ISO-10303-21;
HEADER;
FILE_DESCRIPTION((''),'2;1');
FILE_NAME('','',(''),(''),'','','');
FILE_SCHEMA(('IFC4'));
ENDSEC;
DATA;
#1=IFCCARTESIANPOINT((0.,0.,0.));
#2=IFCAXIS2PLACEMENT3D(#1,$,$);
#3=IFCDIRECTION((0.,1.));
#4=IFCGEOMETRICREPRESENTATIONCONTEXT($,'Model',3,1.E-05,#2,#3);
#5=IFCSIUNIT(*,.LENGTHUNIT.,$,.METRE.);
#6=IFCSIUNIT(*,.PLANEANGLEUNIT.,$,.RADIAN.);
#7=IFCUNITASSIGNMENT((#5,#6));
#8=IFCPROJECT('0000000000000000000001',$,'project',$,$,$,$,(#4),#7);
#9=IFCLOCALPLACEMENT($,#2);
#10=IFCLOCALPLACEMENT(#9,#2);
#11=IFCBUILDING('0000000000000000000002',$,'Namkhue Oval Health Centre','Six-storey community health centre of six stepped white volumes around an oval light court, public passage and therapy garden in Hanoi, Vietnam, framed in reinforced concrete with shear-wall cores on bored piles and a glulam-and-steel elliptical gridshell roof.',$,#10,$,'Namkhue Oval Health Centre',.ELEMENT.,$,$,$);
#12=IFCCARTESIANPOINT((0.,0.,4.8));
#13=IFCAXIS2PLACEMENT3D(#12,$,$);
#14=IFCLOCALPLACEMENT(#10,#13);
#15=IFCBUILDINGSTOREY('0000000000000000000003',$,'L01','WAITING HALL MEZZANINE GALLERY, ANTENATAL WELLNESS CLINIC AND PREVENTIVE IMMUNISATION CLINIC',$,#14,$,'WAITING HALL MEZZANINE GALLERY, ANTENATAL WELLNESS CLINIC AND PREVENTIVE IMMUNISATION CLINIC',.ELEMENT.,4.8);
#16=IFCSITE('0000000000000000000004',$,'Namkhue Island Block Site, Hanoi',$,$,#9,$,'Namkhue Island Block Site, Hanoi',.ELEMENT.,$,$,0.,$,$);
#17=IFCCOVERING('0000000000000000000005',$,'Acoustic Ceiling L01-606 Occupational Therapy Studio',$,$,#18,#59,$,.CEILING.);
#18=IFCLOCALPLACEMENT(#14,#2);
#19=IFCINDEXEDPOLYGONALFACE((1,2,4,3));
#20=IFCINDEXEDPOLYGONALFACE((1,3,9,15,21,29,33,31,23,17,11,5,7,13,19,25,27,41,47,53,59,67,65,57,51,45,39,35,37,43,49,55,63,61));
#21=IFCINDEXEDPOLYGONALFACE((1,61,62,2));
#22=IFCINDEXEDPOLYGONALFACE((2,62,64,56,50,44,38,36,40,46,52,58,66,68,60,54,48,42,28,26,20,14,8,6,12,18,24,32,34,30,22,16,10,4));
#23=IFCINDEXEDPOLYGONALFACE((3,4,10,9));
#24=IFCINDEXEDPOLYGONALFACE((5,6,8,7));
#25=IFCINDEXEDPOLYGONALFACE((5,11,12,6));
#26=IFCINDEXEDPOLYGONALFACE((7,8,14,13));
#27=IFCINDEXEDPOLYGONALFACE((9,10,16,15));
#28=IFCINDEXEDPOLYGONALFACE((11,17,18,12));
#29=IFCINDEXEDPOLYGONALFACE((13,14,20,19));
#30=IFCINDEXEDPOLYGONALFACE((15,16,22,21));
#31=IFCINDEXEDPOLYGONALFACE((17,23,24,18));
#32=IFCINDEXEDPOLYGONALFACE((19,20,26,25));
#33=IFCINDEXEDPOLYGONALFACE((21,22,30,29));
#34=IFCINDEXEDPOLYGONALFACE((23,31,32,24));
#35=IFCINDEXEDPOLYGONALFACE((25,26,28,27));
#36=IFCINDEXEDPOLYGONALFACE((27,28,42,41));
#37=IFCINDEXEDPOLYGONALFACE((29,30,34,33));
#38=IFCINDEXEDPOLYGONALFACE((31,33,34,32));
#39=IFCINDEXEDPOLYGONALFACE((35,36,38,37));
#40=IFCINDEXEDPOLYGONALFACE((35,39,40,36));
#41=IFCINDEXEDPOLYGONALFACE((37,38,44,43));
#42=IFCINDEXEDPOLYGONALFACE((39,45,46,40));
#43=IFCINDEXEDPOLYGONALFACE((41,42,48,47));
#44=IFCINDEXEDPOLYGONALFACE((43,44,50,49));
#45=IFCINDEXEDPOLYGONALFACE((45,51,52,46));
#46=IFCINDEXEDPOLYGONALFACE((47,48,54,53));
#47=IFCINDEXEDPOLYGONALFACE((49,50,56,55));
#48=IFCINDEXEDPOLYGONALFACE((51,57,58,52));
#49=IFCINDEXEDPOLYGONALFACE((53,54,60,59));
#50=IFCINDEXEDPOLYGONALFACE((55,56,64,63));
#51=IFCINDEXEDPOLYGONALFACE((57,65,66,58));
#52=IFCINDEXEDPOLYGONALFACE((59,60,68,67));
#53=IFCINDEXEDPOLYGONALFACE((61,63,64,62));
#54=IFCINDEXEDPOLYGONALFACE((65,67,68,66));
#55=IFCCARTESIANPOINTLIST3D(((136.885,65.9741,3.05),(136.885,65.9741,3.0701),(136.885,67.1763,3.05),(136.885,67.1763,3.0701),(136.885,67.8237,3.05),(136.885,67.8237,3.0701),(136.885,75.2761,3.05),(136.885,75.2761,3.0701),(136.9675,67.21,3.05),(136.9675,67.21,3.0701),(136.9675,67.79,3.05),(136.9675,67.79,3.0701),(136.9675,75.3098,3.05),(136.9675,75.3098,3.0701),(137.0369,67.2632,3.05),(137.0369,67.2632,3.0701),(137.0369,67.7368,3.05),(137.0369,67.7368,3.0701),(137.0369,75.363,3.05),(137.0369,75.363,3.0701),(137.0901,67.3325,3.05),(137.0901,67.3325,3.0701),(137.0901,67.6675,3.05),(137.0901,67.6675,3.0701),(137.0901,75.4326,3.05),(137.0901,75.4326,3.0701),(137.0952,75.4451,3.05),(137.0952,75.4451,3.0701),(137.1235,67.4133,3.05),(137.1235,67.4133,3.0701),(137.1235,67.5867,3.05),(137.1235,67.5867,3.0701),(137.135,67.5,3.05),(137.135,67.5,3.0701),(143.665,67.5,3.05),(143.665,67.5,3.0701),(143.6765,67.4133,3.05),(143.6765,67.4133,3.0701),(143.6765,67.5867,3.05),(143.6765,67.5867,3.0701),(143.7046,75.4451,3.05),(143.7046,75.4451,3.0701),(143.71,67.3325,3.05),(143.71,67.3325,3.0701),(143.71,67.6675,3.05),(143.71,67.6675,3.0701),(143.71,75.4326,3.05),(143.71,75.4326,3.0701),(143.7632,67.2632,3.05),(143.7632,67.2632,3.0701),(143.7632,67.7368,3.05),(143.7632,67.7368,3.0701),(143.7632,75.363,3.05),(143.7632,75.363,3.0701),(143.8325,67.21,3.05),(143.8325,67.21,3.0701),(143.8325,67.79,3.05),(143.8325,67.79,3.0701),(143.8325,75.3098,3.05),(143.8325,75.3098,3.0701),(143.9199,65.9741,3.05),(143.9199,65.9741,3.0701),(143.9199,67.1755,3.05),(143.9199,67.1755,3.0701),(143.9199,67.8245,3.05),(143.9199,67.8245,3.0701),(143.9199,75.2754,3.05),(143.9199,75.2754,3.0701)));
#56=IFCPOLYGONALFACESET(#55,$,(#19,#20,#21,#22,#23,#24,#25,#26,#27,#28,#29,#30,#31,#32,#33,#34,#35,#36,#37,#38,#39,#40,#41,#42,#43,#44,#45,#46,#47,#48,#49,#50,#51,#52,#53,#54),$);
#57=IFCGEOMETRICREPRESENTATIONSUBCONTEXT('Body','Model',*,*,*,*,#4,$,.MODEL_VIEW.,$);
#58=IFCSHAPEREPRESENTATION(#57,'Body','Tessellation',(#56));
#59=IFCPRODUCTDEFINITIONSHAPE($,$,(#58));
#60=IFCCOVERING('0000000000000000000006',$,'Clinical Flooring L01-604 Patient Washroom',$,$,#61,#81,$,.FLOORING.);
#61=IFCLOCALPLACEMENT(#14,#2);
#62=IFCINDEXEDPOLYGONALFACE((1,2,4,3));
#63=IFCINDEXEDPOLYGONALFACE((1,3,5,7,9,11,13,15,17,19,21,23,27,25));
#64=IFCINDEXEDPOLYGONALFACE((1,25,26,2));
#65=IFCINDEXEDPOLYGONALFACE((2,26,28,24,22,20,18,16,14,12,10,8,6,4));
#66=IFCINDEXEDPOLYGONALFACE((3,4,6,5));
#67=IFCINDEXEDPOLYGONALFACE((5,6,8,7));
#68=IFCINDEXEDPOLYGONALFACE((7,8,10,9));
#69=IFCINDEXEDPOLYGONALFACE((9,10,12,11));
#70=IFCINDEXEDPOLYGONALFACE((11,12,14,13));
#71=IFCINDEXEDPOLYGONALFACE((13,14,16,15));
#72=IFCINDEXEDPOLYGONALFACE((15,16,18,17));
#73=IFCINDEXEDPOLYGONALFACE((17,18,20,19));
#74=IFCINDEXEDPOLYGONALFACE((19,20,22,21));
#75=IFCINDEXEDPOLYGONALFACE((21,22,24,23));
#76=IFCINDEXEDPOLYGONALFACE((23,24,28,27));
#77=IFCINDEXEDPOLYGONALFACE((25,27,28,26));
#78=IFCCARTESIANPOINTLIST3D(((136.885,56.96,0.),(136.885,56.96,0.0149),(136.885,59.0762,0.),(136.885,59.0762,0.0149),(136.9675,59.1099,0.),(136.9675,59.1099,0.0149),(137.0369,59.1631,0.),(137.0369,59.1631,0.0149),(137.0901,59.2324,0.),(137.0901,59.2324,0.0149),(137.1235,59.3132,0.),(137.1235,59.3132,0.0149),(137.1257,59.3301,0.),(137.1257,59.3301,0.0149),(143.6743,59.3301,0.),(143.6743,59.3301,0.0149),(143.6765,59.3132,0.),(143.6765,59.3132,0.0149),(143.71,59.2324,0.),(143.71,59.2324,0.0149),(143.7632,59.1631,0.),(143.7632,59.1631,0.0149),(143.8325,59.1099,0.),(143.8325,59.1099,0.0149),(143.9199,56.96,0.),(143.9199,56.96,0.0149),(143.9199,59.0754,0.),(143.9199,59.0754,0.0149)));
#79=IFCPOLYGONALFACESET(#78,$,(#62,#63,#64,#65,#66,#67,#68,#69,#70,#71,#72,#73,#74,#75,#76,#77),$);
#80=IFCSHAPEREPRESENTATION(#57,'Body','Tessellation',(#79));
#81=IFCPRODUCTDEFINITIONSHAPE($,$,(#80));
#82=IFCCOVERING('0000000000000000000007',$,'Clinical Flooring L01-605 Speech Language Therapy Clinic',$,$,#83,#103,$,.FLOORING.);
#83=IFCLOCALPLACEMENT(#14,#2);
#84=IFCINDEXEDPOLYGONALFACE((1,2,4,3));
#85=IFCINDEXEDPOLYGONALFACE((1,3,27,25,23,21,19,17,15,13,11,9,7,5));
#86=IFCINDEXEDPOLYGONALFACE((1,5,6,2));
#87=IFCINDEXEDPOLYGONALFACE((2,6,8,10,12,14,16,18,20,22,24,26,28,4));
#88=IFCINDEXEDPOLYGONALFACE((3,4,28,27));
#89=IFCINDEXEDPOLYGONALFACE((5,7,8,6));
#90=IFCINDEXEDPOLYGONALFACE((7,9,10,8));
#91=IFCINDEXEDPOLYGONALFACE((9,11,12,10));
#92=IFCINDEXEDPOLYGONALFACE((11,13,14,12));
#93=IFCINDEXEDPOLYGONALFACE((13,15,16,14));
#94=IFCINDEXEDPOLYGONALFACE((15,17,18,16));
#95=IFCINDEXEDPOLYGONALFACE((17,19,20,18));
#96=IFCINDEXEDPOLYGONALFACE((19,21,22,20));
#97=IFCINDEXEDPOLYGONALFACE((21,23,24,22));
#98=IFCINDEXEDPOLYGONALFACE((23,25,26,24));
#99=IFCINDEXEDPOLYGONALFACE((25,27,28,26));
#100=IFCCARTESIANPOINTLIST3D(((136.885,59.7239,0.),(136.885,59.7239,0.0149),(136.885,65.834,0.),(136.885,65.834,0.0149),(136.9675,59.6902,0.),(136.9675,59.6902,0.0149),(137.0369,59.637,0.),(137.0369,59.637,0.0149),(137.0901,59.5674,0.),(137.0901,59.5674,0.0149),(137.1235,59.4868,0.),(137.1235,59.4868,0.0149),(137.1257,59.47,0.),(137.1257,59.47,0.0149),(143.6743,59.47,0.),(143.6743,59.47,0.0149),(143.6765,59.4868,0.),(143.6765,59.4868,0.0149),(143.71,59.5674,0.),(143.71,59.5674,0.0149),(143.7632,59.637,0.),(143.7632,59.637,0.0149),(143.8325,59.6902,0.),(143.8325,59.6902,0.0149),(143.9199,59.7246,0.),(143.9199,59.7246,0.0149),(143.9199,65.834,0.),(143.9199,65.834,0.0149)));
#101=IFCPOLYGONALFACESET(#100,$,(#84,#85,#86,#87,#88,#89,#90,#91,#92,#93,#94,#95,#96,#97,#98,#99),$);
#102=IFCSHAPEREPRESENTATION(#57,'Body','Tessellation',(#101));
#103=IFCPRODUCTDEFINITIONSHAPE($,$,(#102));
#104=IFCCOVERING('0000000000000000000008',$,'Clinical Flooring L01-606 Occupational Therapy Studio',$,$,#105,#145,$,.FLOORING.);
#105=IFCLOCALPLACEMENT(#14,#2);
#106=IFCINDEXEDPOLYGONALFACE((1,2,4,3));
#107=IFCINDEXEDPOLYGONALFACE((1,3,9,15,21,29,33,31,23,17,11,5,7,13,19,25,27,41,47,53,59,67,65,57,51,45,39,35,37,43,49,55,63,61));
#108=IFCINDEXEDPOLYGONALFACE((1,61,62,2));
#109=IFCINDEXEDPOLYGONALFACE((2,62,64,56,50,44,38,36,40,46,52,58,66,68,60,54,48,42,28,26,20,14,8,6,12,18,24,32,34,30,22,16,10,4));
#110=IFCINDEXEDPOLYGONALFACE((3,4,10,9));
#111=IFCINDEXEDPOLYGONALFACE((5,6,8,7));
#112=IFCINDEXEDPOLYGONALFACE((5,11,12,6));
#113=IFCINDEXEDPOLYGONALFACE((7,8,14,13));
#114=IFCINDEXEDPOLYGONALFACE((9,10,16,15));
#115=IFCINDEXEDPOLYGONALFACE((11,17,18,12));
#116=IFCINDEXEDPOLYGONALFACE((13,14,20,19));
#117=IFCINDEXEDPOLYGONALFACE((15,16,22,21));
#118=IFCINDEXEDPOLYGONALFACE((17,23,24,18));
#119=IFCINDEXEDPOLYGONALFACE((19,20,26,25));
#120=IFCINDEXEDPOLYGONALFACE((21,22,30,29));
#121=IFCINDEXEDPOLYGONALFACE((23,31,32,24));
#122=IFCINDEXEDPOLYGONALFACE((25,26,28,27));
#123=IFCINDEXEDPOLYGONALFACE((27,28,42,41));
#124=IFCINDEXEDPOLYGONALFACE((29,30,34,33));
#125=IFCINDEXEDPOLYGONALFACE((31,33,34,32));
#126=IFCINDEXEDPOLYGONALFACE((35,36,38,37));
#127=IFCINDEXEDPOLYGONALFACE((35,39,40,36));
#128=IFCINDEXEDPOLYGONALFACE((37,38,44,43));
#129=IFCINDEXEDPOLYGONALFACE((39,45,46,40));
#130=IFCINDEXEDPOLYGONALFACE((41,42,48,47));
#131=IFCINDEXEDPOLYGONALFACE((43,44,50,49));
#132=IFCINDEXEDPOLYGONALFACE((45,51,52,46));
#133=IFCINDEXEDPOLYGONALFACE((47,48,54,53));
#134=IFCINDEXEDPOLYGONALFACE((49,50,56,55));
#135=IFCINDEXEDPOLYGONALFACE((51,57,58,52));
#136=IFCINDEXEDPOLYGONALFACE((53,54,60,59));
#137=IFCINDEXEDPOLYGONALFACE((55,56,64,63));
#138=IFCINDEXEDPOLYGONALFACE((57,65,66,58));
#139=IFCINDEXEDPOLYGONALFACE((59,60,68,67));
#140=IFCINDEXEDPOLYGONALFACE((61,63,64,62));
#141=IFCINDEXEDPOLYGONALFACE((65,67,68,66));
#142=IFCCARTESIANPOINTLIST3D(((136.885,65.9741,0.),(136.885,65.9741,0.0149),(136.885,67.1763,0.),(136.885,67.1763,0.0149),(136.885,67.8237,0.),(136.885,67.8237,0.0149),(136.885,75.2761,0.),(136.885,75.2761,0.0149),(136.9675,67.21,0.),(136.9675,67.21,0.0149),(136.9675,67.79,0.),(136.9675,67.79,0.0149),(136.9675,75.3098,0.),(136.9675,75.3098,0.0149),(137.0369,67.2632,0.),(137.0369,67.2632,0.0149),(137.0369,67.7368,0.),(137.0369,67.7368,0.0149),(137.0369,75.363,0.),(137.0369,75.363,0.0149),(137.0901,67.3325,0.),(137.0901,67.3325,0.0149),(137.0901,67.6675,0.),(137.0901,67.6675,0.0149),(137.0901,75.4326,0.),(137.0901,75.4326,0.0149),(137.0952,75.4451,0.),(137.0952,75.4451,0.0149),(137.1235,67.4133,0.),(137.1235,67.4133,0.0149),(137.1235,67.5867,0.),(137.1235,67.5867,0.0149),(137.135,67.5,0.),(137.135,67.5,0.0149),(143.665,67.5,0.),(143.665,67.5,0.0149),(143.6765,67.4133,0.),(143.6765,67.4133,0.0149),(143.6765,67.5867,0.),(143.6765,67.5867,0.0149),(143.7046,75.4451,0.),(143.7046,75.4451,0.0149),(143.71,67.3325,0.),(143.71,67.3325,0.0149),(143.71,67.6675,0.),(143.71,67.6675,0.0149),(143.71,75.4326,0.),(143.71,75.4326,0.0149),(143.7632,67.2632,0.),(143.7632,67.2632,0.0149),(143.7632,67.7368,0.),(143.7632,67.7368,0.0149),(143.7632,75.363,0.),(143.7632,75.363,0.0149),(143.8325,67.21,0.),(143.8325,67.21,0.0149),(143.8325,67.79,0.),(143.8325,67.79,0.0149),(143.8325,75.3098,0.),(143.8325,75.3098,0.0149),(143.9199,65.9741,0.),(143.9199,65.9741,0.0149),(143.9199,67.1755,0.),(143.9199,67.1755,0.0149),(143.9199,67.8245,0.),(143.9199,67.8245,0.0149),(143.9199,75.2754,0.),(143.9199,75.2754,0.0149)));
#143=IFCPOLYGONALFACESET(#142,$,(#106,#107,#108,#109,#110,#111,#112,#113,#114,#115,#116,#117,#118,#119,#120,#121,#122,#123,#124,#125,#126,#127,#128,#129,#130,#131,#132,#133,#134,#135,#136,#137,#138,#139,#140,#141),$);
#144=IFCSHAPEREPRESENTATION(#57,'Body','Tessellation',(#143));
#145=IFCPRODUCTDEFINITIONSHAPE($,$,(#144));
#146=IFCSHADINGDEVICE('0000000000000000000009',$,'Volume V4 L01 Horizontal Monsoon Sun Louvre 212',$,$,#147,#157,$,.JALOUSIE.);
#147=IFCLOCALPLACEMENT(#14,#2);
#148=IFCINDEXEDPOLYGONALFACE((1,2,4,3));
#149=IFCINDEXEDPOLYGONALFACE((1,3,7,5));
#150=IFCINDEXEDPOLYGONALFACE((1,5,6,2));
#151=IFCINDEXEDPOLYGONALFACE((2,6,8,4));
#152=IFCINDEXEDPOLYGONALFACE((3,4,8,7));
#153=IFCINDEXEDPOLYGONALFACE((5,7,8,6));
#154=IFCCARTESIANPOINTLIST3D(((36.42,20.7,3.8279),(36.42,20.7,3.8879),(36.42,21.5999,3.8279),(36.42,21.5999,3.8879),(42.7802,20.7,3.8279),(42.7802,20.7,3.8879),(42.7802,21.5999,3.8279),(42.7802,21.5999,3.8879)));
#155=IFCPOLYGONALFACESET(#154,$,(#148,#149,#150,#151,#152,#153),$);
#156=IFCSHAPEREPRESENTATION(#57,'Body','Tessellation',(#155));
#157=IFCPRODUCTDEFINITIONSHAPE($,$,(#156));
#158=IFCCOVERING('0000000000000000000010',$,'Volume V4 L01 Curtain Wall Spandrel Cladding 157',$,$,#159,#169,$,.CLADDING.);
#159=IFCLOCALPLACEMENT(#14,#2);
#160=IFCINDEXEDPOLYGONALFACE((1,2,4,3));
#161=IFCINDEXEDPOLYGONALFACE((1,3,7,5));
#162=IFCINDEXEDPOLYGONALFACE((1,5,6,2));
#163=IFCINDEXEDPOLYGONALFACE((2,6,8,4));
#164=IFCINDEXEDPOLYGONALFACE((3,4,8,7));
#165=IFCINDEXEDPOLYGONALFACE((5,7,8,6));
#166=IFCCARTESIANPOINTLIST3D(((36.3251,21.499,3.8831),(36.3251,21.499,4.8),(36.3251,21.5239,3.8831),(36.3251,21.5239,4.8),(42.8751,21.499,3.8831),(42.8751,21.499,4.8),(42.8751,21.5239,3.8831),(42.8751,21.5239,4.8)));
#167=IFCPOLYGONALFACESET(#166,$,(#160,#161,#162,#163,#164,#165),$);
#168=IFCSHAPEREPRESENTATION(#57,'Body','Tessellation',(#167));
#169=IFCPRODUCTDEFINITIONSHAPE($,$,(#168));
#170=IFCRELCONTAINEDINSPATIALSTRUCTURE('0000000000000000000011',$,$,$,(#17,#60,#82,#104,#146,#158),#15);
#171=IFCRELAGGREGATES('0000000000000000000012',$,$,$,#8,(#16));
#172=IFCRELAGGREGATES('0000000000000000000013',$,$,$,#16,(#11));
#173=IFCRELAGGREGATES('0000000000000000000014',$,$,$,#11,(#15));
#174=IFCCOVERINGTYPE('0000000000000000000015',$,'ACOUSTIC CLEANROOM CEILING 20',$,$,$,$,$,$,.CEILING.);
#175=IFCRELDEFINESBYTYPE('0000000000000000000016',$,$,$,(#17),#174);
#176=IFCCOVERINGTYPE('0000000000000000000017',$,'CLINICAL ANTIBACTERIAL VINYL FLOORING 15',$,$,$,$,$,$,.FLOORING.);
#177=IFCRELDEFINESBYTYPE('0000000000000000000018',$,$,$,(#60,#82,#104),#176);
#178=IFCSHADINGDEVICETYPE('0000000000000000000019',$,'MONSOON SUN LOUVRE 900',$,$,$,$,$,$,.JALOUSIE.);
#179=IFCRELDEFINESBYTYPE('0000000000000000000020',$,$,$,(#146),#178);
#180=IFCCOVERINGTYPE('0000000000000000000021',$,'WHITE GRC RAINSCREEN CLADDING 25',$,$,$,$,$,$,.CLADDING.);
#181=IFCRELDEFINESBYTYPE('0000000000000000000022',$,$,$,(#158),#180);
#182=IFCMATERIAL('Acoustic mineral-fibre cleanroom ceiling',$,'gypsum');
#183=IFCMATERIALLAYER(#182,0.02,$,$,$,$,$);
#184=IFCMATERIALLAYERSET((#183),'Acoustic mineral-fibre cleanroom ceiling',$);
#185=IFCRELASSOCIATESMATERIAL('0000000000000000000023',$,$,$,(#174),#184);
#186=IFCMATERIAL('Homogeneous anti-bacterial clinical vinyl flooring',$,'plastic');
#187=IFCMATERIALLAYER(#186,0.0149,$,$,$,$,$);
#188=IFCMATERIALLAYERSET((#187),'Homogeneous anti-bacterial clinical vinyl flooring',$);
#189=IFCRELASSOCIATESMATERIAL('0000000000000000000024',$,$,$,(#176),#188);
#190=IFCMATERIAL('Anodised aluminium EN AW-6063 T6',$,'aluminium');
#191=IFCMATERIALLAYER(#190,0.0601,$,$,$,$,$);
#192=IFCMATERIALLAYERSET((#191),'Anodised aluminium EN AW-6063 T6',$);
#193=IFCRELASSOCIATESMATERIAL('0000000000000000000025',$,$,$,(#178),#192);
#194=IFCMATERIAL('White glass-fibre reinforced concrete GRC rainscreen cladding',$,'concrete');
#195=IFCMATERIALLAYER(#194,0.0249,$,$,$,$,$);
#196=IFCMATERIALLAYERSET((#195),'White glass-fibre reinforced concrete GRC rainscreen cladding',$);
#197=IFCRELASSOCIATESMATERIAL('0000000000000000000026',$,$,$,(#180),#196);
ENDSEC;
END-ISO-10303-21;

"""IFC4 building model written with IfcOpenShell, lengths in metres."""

from ifc_helpers import new_model, si_unit, direction, frame, origin, origin_2d, place, context, subcontext, project, spatial, polyline, rectangle, outline, extrude, material, layer, layer_set, type_object, element, save


model = new_model("IFC4")

# Units and contexts
model_context = context("Model", 3, precision=1e-05, world=origin(), true_north=direction((0.0, 1.0)))
body_context = subcontext(model_context, "Body", "Model", "MODEL_VIEW")
ifc_project = project(units=[si_unit("LENGTHUNIT", "METRE"), si_unit("PLANEANGLEUNIT", "RADIAN")], contexts=[model_context])

# Site, building, storey
site_placement = place(None, origin())
site = spatial("IfcSite", under=ifc_project, at=site_placement, Name="Namkhue Island Block Site, Hanoi", LongName="Namkhue Island Block Site, Hanoi", CompositionType="ELEMENT", RefElevation=0.0)
building_placement = place(site_placement, origin())
building = spatial("IfcBuilding", under=site, at=building_placement, Name="Namkhue Oval Health Centre", Description="Six-storey community health centre of six stepped white volumes around an oval light court, public passage and therapy garden in Hanoi, Vietnam, framed in reinforced concrete with shear-wall cores on bored piles and a glulam-and-steel elliptical gridshell roof.", LongName="Namkhue Oval Health Centre", CompositionType="ELEMENT")
storey_placement = place(building_placement, frame((0.0, 0.0, 4.8)))
storey = spatial("IfcBuildingStorey", under=building, at=storey_placement, Name="L01", Description="WAITING HALL MEZZANINE GALLERY, ANTENATAL WELLNESS CLINIC AND PREVENTIVE IMMUNISATION CLINIC", LongName="WAITING HALL MEZZANINE GALLERY, ANTENATAL WELLNESS CLINIC AND PREVENTIVE IMMUNISATION CLINIC", CompositionType="ELEMENT", Elevation=4.8)

# Shared definitions
ifc_material_1 = material(Name="Anodised aluminium EN AW-6063 T6", Category="aluminium")

# Coverings
ifc_material_2 = material(Name="Acoustic mineral-fibre cleanroom ceiling", Category="gypsum")
ifc_layer_1 = layer(ifc_material_2, 0.02)
ifc_layer_set_1 = layer_set([ifc_layer_1], Name="Acoustic mineral-fibre cleanroom ceiling")
covering_type_1 = type_object("IfcCoveringType", Name="ACOUSTIC CLEANROOM CEILING 20", PredefinedType="CEILING", material=ifc_layer_set_1)
covering_1_placement = place(storey_placement, frame((0.0, 0.0, 3.05)))
element("IfcCovering", 1, at=covering_1_placement, inside=storey, type_object=covering_type_1, Name="Acoustic Ceiling L01-606 Occupational Therapy Studio", PredefinedType="CEILING", context=body_context, shape_type="SweptSolid", body=[
    extrude(outline(polyline([(136.885, 65.9741), (136.885, 67.1763), (136.9675, 67.21), (137.0369, 67.2632), (137.0901, 67.3325), (137.1235, 67.4133), (137.135, 67.5), (137.1235, 67.5867), (137.0901, 67.6675), (137.0369, 67.7368), (136.9675, 67.79), (136.885, 67.8237), (136.885, 75.2761), (136.9675, 75.3098), (137.0369, 75.363), (137.0901, 75.4326), (137.0952, 75.4451), (143.7046, 75.4451), (143.71, 75.4326), (143.7632, 75.363), (143.8325, 75.3098), (143.9199, 75.2754), (143.9199, 67.8245), (143.8325, 67.79), (143.7632, 67.7368), (143.71, 67.6675), (143.6765, 67.5867), (143.665, 67.5), (143.6765, 67.4133), (143.71, 67.3325), (143.7632, 67.2632), (143.8325, 67.21), (143.9199, 67.1755), (143.9199, 65.9741), (136.885, 65.9741)])), origin(), (0.0, 0.0, 1.0), 0.02),
])
ifc_material_3 = material(Name="Homogeneous anti-bacterial clinical vinyl flooring", Category="plastic")
ifc_layer_2 = layer(ifc_material_3, 0.0149)
ifc_layer_set_2 = layer_set([ifc_layer_2], Name="Homogeneous anti-bacterial clinical vinyl flooring")
covering_type_2 = type_object("IfcCoveringType", Name="CLINICAL ANTIBACTERIAL VINYL FLOORING 15", PredefinedType="FLOORING", material=ifc_layer_set_2)
covering_2_placement = place(storey_placement, origin())
element("IfcCovering", 2, at=covering_2_placement, inside=storey, type_object=covering_type_2, Name="Clinical Flooring L01-604 Patient Washroom", PredefinedType="FLOORING", context=body_context, shape_type="SweptSolid", body=[
    extrude(outline(polyline([(136.885, 56.96), (136.885, 59.0762), (136.9675, 59.1099), (137.0369, 59.1631), (137.0901, 59.2324), (137.1235, 59.3132), (137.1257, 59.3301), (143.6743, 59.3301), (143.6765, 59.3132), (143.71, 59.2324), (143.7632, 59.1631), (143.8325, 59.1099), (143.9199, 59.0754), (143.9199, 56.96), (136.885, 56.96)])), origin(), (0.0, 0.0, 1.0), 0.0149),
])
covering_3_placement = place(storey_placement, origin())
element("IfcCovering", 3, at=covering_3_placement, inside=storey, type_object=covering_type_2, Name="Clinical Flooring L01-605 Speech Language Therapy Clinic", PredefinedType="FLOORING", context=body_context, shape_type="SweptSolid", body=[
    extrude(outline(polyline([(137.1257, 59.47), (137.1235, 59.4868), (137.0901, 59.5674), (137.0369, 59.637), (136.9675, 59.6902), (136.885, 59.7239), (136.885, 65.834), (143.9199, 65.834), (143.9199, 59.7246), (143.8325, 59.6902), (143.7632, 59.637), (143.71, 59.5674), (143.6765, 59.4868), (143.6743, 59.47), (137.1257, 59.47)])), origin(), (0.0, 0.0, 1.0), 0.0149),
])
covering_4_placement = place(storey_placement, origin())
element("IfcCovering", 4, at=covering_4_placement, inside=storey, type_object=covering_type_2, Name="Clinical Flooring L01-606 Occupational Therapy Studio", PredefinedType="FLOORING", context=body_context, shape_type="SweptSolid", body=[
    extrude(outline(polyline([(136.885, 65.9741), (136.885, 67.1763), (136.9675, 67.21), (137.0369, 67.2632), (137.0901, 67.3325), (137.1235, 67.4133), (137.135, 67.5), (137.1235, 67.5867), (137.0901, 67.6675), (137.0369, 67.7368), (136.9675, 67.79), (136.885, 67.8237), (136.885, 75.2761), (136.9675, 75.3098), (137.0369, 75.363), (137.0901, 75.4326), (137.0952, 75.4451), (143.7046, 75.4451), (143.71, 75.4326), (143.7632, 75.363), (143.8325, 75.3098), (143.9199, 75.2754), (143.9199, 67.8245), (143.8325, 67.79), (143.7632, 67.7368), (143.71, 67.6675), (143.6765, 67.5867), (143.665, 67.5), (143.6765, 67.4133), (143.71, 67.3325), (143.7632, 67.2632), (143.8325, 67.21), (143.9199, 67.1755), (143.9199, 65.9741), (136.885, 65.9741)])), origin(), (0.0, 0.0, 1.0), 0.0149),
])

# Shading device
ifc_layer_3 = layer(ifc_material_1, 0.0601)
ifc_layer_set_3 = layer_set([ifc_layer_3], Name="Anodised aluminium EN AW-6063 T6")
shading_device_type = type_object("IfcShadingDeviceType", Name="MONSOON SUN LOUVRE 900", PredefinedType="JALOUSIE", material=ifc_layer_set_3)
shading_device_placement = place(storey_placement, frame((39.6001, 21.1499, 3.8279), z_axis=(0.0, 0.0, 1.0), x_axis=(1.0, 0.0, 0.0)))
element("IfcShadingDevice", 5, at=shading_device_placement, inside=storey, type_object=shading_device_type, Name="Volume V4 L01 Horizontal Monsoon Sun Louvre 212", PredefinedType="JALOUSIE", context=body_context, shape_type="SweptSolid", body=[
    extrude(rectangle(XDim=6.3601, YDim=0.8999, at=origin_2d()), origin(), (0.0, 0.0, 1.0), 0.0601),
])

# Covering
ifc_material_4 = material(Name="White glass-fibre reinforced concrete GRC rainscreen cladding", Category="concrete")
ifc_layer_4 = layer(ifc_material_4, 0.0249)
ifc_layer_set_4 = layer_set([ifc_layer_4], Name="White glass-fibre reinforced concrete GRC rainscreen cladding")
covering_type_3 = type_object("IfcCoveringType", Name="WHITE GRC RAINSCREEN CLADDING 25", PredefinedType="CLADDING", material=ifc_layer_set_4)
covering_5_placement = place(storey_placement, frame((39.6001, 21.5115, 3.8831), z_axis=(0.0, 0.0, 1.0), x_axis=(1.0, 0.0, 0.0)))
element("IfcCovering", 6, at=covering_5_placement, inside=storey, type_object=covering_type_3, Name="Volume V4 L01 Curtain Wall Spandrel Cladding 157", PredefinedType="CLADDING", context=body_context, shape_type="SweptSolid", body=[
    extrude(rectangle(XDim=6.55, YDim=0.0249, at=origin_2d()), origin(), (0.0, 0.0, 1.0), 0.917),
])

save(model, "model.ifc")
